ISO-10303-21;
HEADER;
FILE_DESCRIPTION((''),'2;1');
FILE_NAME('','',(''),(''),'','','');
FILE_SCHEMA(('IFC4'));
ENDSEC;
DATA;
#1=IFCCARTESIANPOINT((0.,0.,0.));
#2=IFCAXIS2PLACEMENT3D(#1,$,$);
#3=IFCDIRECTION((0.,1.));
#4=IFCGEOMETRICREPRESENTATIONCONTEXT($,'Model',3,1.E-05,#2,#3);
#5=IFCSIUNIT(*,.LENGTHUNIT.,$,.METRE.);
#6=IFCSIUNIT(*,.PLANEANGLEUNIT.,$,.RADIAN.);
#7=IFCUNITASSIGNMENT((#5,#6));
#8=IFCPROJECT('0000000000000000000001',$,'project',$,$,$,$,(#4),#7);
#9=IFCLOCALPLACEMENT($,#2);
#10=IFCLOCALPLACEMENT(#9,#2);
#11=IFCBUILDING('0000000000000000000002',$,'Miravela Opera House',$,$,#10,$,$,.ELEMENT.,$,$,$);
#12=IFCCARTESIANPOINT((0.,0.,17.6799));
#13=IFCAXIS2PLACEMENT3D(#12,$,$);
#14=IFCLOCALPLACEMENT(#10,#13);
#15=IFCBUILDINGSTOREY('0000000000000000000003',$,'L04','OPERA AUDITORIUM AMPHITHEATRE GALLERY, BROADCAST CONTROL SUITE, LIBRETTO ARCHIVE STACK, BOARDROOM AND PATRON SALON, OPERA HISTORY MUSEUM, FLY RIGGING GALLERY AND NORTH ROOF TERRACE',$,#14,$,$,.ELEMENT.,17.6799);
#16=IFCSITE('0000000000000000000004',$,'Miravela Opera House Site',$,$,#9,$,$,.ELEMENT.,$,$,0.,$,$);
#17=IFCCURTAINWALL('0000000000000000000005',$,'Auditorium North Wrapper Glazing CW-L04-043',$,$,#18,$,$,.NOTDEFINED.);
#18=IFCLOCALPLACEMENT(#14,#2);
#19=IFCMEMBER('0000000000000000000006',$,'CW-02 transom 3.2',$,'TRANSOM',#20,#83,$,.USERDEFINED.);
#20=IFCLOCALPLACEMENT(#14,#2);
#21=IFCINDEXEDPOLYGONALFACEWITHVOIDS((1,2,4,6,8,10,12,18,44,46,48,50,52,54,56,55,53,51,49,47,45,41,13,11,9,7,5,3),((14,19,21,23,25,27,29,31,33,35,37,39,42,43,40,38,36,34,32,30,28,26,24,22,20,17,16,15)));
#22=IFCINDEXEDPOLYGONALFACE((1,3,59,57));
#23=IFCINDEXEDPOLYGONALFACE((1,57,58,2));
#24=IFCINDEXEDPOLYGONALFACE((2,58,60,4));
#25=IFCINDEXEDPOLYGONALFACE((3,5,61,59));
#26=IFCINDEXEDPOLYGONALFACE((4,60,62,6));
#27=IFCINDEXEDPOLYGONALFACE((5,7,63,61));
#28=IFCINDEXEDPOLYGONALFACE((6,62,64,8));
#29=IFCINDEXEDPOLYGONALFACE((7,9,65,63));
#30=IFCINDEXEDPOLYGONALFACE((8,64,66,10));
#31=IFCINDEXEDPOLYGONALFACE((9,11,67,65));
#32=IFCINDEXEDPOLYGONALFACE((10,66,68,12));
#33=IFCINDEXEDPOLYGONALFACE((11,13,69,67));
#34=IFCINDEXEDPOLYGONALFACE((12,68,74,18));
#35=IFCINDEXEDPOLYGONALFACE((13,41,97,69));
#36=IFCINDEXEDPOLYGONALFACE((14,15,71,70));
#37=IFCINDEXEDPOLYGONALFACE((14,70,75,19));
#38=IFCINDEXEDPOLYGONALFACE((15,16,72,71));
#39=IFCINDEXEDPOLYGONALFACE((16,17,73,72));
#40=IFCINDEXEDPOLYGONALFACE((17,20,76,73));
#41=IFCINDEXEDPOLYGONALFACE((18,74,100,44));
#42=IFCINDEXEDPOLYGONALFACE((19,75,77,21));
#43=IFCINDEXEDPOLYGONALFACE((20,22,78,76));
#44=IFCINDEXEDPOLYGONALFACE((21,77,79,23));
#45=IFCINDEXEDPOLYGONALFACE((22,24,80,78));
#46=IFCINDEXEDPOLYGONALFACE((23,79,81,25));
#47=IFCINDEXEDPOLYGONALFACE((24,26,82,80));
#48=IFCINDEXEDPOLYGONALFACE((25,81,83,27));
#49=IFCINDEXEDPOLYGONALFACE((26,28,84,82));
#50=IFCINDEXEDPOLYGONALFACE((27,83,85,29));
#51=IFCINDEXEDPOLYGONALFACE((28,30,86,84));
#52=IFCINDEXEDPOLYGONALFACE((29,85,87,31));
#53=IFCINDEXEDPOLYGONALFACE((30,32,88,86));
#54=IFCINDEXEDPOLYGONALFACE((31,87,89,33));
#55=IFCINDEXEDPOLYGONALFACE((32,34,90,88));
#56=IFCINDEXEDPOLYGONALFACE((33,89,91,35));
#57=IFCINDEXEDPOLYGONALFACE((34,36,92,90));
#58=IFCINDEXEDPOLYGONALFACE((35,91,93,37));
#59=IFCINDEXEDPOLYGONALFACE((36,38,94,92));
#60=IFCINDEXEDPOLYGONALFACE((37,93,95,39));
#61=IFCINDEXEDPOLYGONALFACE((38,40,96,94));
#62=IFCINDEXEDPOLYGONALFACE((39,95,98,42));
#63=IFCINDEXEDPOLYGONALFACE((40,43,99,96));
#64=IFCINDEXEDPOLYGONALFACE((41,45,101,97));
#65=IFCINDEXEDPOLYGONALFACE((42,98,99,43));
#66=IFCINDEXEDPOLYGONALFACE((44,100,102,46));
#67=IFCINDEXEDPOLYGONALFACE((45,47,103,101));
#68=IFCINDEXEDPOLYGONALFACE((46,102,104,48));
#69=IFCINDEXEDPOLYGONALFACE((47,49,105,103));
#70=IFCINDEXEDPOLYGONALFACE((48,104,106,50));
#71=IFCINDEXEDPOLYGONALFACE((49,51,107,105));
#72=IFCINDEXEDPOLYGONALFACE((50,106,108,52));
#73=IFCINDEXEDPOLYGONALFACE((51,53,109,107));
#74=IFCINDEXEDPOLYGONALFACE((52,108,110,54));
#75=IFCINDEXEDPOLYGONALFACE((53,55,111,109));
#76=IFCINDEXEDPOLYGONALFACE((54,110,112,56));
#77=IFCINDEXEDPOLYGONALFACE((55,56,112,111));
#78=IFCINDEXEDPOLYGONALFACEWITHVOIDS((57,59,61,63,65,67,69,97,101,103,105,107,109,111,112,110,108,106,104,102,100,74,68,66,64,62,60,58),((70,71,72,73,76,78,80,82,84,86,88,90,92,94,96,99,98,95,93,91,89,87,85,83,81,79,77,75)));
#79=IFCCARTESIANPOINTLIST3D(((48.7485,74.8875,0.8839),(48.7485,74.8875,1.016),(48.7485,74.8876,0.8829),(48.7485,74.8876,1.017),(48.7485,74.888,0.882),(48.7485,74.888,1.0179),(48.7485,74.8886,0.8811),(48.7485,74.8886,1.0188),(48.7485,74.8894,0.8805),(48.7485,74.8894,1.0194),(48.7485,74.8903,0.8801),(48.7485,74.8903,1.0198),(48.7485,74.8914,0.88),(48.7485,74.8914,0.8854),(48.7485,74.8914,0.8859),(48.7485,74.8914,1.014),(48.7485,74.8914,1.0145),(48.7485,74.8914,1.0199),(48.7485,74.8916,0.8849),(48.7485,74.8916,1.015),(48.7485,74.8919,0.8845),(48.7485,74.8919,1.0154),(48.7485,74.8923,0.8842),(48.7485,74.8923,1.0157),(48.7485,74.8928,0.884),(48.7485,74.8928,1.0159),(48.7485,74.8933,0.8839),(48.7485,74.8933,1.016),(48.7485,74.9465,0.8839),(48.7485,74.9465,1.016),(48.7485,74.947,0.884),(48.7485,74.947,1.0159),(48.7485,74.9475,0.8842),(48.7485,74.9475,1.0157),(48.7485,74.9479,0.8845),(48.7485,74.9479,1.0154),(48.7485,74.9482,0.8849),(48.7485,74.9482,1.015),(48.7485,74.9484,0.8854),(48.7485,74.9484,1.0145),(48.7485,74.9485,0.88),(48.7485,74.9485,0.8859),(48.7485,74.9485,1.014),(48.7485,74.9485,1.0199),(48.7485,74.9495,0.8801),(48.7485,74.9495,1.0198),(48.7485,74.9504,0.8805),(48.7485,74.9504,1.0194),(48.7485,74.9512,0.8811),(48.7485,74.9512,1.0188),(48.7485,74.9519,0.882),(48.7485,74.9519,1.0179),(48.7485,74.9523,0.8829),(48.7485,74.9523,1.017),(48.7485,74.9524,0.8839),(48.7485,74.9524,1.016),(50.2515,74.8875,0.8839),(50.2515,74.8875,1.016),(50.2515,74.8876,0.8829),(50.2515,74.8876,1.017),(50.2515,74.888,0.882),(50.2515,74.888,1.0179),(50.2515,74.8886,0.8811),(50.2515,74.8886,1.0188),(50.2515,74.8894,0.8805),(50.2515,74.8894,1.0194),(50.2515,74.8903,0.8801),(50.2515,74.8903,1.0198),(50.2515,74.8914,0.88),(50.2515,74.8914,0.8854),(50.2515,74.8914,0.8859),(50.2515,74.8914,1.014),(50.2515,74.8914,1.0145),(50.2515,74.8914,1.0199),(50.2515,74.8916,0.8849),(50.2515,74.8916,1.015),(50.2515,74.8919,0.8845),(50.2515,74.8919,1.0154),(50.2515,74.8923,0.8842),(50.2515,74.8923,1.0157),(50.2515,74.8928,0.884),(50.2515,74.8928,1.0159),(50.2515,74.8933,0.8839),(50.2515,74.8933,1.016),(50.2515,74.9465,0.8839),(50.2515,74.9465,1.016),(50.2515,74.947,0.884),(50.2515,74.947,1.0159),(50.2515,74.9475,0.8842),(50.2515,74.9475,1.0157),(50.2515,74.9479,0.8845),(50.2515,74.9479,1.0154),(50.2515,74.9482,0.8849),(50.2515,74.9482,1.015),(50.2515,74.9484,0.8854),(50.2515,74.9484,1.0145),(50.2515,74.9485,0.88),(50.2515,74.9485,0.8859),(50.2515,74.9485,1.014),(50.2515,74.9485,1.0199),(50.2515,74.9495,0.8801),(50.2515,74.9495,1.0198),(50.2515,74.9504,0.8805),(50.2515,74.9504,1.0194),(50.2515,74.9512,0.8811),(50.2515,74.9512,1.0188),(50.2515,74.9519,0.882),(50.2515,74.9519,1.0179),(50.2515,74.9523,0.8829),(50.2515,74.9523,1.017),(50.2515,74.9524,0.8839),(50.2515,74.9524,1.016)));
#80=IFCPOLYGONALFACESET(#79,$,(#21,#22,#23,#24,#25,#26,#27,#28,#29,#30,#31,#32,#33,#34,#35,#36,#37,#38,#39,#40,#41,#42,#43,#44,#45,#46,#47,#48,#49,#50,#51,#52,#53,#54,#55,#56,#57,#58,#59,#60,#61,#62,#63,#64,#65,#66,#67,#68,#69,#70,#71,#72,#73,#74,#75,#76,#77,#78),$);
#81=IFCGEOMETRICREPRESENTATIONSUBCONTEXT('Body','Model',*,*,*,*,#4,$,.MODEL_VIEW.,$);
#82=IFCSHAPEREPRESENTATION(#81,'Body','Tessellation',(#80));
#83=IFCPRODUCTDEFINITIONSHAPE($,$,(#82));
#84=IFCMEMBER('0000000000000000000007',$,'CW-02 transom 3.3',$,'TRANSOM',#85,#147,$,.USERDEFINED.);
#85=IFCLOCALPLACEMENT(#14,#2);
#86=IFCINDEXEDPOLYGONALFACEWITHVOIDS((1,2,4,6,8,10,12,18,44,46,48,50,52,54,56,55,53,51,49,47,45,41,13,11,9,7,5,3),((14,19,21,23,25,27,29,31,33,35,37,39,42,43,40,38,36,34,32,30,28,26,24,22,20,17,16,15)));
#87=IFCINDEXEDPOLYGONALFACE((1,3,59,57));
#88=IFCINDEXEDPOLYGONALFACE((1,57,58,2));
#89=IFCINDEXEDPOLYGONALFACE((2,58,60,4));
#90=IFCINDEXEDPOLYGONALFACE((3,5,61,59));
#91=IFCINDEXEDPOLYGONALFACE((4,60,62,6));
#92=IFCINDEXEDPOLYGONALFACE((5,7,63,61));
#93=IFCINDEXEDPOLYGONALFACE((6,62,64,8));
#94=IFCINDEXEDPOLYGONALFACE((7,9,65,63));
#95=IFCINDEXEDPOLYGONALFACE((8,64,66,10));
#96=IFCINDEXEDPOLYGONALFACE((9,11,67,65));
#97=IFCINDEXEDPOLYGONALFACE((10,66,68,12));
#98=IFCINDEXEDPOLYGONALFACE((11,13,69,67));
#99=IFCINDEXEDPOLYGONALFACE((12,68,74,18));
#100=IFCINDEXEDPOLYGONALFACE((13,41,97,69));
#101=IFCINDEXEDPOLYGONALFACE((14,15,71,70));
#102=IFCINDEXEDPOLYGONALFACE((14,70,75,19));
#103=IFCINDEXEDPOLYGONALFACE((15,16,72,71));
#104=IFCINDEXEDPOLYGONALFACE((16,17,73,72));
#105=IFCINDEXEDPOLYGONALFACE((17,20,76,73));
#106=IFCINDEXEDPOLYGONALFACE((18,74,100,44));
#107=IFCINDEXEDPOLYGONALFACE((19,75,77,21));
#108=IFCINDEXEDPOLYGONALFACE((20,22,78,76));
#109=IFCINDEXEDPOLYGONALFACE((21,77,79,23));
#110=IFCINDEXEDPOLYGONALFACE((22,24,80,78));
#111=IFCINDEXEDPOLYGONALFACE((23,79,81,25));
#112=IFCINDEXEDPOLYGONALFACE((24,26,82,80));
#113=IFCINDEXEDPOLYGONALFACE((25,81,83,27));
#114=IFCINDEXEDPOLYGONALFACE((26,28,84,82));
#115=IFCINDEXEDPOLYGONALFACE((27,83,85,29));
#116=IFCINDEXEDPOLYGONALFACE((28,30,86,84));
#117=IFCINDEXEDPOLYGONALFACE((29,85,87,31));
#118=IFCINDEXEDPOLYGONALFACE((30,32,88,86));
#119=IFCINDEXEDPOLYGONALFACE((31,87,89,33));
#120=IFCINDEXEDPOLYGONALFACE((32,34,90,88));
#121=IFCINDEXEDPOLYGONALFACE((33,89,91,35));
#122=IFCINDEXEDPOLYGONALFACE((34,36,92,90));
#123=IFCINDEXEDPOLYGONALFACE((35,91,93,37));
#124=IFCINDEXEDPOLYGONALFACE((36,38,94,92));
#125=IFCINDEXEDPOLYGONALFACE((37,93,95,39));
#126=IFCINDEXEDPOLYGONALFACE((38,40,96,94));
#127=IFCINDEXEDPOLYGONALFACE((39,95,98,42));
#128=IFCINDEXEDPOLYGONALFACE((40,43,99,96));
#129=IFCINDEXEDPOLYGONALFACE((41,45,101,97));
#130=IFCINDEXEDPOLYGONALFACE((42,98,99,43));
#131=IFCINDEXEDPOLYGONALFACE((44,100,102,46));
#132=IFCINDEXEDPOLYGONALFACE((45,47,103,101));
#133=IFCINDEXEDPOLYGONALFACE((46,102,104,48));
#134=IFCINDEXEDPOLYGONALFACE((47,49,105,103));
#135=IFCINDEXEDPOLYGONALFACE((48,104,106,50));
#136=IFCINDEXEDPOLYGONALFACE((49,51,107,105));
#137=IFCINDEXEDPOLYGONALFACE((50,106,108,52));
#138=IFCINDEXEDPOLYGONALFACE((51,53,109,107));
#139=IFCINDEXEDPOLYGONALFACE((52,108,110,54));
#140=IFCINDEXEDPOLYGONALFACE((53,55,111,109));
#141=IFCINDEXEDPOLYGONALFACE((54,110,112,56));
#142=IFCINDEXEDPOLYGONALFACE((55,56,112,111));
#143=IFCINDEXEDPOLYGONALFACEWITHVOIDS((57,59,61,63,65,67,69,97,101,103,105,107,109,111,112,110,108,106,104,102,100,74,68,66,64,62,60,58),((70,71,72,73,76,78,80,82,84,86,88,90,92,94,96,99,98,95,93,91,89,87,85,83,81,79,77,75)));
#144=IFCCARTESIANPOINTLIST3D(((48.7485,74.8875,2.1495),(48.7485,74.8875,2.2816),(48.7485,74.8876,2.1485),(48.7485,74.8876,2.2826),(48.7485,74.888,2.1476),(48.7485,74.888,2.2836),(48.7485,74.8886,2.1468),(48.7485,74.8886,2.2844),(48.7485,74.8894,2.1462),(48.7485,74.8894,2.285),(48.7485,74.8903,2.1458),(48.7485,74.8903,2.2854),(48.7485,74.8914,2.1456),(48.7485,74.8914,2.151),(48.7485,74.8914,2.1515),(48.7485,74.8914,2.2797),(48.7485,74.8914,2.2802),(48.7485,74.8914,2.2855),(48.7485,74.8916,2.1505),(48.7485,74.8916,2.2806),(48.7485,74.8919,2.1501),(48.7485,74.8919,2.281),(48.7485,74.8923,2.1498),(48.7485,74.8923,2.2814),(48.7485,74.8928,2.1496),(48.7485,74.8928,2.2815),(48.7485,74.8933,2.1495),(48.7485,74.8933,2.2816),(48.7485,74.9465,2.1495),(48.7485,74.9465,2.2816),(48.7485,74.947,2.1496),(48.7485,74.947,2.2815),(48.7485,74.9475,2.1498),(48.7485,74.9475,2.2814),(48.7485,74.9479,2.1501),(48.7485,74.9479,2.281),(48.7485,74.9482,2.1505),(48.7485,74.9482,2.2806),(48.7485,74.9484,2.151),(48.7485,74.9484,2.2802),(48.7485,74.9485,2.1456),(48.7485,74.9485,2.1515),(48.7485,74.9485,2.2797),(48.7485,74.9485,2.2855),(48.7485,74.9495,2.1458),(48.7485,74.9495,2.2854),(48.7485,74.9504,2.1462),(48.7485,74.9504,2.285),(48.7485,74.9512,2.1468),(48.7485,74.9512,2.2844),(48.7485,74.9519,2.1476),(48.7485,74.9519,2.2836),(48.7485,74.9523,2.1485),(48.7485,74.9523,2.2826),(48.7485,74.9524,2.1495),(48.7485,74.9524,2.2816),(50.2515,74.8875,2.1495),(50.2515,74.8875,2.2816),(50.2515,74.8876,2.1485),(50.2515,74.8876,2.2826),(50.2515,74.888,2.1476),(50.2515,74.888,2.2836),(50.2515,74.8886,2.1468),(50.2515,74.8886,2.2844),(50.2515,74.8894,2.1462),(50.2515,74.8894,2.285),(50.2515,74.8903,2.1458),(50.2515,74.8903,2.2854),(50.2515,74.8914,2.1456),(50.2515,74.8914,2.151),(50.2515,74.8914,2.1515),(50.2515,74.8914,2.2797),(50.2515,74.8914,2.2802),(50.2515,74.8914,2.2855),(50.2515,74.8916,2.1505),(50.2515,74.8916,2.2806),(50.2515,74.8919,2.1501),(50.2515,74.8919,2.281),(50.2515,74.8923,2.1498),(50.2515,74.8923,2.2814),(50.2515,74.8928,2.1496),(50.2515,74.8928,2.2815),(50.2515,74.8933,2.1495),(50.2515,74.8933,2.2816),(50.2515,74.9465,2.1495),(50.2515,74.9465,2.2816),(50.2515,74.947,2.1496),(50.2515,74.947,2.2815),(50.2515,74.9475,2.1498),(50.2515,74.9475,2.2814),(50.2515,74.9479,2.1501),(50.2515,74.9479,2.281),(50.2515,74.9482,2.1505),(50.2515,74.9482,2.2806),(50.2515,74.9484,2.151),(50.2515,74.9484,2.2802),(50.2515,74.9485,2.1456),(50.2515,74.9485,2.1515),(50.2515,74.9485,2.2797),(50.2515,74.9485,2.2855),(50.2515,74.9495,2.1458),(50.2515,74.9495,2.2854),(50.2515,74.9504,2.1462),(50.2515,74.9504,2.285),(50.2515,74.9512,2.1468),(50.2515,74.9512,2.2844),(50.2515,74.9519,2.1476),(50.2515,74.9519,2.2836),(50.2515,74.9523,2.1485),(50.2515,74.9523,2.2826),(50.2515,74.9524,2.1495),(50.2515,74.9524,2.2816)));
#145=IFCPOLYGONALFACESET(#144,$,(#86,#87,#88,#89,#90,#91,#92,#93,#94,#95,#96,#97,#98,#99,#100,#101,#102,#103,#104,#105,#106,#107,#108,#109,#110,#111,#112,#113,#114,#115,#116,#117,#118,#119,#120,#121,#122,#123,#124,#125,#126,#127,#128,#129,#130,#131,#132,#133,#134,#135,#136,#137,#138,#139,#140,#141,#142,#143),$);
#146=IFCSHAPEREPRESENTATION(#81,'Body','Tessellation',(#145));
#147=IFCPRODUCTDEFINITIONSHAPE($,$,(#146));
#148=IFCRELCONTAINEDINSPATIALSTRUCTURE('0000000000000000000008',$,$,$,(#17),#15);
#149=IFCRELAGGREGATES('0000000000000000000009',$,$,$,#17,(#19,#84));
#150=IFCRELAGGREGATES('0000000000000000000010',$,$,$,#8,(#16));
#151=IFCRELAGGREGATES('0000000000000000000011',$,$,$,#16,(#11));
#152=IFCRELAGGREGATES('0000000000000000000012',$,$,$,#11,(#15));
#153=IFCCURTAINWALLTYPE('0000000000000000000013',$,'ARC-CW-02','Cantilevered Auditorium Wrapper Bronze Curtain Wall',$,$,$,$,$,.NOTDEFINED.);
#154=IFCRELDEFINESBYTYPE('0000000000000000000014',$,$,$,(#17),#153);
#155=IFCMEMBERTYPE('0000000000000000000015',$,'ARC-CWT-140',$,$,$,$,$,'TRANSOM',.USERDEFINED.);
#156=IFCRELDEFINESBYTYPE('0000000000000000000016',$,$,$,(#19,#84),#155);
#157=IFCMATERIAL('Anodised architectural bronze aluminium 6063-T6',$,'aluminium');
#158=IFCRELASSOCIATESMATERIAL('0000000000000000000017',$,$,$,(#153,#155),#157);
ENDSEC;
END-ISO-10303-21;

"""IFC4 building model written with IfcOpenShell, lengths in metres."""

from ifc_helpers import new_model, si_unit, direction, frame, origin, origin_2d, place, context, subcontext, project, spatial, hollow_rectangle, extrude, material, material_profile, profile_set, type_object, element, aggregate, save


model = new_model("IFC4")

# Units and contexts
model_context = context("Model", 3, precision=1e-05, world=origin(), true_north=direction((0.0, 1.0)))
body_context = subcontext(model_context, "Body", "Model", "MODEL_VIEW")
ifc_project = project(units=[si_unit("LENGTHUNIT", "METRE"), si_unit("PLANEANGLEUNIT", "RADIAN")], contexts=[model_context])

# Site, building, storey
site_placement = place(None, origin())
site = spatial("IfcSite", under=ifc_project, at=site_placement, Name="Miravela Opera House Site", CompositionType="ELEMENT", RefElevation=0.0)
building_placement = place(site_placement, origin())
building = spatial("IfcBuilding", under=site, at=building_placement, Name="Miravela Opera House", CompositionType="ELEMENT")
storey_placement = place(building_placement, frame((0.0, 0.0, 17.6799)))
storey = spatial("IfcBuildingStorey", under=building, at=storey_placement, Name="L04", Description="OPERA AUDITORIUM AMPHITHEATRE GALLERY, BROADCAST CONTROL SUITE, LIBRETTO ARCHIVE STACK, BOARDROOM AND PATRON SALON, OPERA HISTORY MUSEUM, FLY RIGGING GALLERY AND NORTH ROOF TERRACE", CompositionType="ELEMENT", Elevation=17.6799)

# Curtain wall, members
ifc_material_1 = material(Name="Anodised architectural bronze aluminium 6063-T6", Category="aluminium")
curtain_wall_type = type_object("IfcCurtainWallType", Name="ARC-CW-02", Description="Cantilevered Auditorium Wrapper Bronze Curtain Wall", PredefinedType="NOTDEFINED", material=ifc_material_1)
curtain_wall_placement = place(storey_placement, origin())
curtain_wall = element("IfcCurtainWall", 1, at=curtain_wall_placement, inside=storey, type_object=curtain_wall_type, Name="Auditorium North Wrapper Glazing CW-L04-043", PredefinedType="NOTDEFINED")
ifc_material_profile_1 = material_profile(ifc_material_1, hollow_rectangle(XDim=0.0649, YDim=0.1399, WallThickness=0.0039, InnerFilletRadius=0.002, OuterFilletRadius=0.0039, at=origin_2d()), Name="CWT-65X140")
ifc_profile_set_1 = profile_set([ifc_material_profile_1])
member_type_1 = type_object("IfcMemberType", Name="ARC-CWT-140", ElementType="TRANSOM", PredefinedType="USERDEFINED", material=ifc_profile_set_1)
member_1_placement = place(storey_placement, frame((48.7485, 74.9199, 0.95), z_axis=(1.0, 0.0, 0.0), x_axis=(0.0, 1.0, 0.0)))
member_1 = element("IfcMember", 2, at=member_1_placement, type_object=member_type_1, Name="CW-02 transom 3.2", ObjectType="TRANSOM", PredefinedType="USERDEFINED", context=body_context, shape_type="SweptSolid", body=[
    extrude(hollow_rectangle(XDim=0.0649, YDim=0.1399, WallThickness=0.0039, InnerFilletRadius=0.002, OuterFilletRadius=0.0039, at=origin_2d()), origin(), (0.0, 0.0, 1.0), 1.5029),
])
member_2_placement = place(storey_placement, frame((48.7485, 74.9199, 2.2156), z_axis=(1.0, 0.0, 0.0), x_axis=(0.0, 1.0, 0.0)))
member_2 = element("IfcMember", 3, at=member_2_placement, type_object=member_type_1, Name="CW-02 transom 3.3", ObjectType="TRANSOM", PredefinedType="USERDEFINED", context=body_context, shape_type="SweptSolid", body=[
    extrude(hollow_rectangle(XDim=0.0649, YDim=0.1399, WallThickness=0.0039, InnerFilletRadius=0.002, OuterFilletRadius=0.0039, at=origin_2d()), origin(), (0.0, 0.0, 1.0), 1.5029),
])
aggregate(curtain_wall, [member_1, member_2])

save(model, "model.ifc")
